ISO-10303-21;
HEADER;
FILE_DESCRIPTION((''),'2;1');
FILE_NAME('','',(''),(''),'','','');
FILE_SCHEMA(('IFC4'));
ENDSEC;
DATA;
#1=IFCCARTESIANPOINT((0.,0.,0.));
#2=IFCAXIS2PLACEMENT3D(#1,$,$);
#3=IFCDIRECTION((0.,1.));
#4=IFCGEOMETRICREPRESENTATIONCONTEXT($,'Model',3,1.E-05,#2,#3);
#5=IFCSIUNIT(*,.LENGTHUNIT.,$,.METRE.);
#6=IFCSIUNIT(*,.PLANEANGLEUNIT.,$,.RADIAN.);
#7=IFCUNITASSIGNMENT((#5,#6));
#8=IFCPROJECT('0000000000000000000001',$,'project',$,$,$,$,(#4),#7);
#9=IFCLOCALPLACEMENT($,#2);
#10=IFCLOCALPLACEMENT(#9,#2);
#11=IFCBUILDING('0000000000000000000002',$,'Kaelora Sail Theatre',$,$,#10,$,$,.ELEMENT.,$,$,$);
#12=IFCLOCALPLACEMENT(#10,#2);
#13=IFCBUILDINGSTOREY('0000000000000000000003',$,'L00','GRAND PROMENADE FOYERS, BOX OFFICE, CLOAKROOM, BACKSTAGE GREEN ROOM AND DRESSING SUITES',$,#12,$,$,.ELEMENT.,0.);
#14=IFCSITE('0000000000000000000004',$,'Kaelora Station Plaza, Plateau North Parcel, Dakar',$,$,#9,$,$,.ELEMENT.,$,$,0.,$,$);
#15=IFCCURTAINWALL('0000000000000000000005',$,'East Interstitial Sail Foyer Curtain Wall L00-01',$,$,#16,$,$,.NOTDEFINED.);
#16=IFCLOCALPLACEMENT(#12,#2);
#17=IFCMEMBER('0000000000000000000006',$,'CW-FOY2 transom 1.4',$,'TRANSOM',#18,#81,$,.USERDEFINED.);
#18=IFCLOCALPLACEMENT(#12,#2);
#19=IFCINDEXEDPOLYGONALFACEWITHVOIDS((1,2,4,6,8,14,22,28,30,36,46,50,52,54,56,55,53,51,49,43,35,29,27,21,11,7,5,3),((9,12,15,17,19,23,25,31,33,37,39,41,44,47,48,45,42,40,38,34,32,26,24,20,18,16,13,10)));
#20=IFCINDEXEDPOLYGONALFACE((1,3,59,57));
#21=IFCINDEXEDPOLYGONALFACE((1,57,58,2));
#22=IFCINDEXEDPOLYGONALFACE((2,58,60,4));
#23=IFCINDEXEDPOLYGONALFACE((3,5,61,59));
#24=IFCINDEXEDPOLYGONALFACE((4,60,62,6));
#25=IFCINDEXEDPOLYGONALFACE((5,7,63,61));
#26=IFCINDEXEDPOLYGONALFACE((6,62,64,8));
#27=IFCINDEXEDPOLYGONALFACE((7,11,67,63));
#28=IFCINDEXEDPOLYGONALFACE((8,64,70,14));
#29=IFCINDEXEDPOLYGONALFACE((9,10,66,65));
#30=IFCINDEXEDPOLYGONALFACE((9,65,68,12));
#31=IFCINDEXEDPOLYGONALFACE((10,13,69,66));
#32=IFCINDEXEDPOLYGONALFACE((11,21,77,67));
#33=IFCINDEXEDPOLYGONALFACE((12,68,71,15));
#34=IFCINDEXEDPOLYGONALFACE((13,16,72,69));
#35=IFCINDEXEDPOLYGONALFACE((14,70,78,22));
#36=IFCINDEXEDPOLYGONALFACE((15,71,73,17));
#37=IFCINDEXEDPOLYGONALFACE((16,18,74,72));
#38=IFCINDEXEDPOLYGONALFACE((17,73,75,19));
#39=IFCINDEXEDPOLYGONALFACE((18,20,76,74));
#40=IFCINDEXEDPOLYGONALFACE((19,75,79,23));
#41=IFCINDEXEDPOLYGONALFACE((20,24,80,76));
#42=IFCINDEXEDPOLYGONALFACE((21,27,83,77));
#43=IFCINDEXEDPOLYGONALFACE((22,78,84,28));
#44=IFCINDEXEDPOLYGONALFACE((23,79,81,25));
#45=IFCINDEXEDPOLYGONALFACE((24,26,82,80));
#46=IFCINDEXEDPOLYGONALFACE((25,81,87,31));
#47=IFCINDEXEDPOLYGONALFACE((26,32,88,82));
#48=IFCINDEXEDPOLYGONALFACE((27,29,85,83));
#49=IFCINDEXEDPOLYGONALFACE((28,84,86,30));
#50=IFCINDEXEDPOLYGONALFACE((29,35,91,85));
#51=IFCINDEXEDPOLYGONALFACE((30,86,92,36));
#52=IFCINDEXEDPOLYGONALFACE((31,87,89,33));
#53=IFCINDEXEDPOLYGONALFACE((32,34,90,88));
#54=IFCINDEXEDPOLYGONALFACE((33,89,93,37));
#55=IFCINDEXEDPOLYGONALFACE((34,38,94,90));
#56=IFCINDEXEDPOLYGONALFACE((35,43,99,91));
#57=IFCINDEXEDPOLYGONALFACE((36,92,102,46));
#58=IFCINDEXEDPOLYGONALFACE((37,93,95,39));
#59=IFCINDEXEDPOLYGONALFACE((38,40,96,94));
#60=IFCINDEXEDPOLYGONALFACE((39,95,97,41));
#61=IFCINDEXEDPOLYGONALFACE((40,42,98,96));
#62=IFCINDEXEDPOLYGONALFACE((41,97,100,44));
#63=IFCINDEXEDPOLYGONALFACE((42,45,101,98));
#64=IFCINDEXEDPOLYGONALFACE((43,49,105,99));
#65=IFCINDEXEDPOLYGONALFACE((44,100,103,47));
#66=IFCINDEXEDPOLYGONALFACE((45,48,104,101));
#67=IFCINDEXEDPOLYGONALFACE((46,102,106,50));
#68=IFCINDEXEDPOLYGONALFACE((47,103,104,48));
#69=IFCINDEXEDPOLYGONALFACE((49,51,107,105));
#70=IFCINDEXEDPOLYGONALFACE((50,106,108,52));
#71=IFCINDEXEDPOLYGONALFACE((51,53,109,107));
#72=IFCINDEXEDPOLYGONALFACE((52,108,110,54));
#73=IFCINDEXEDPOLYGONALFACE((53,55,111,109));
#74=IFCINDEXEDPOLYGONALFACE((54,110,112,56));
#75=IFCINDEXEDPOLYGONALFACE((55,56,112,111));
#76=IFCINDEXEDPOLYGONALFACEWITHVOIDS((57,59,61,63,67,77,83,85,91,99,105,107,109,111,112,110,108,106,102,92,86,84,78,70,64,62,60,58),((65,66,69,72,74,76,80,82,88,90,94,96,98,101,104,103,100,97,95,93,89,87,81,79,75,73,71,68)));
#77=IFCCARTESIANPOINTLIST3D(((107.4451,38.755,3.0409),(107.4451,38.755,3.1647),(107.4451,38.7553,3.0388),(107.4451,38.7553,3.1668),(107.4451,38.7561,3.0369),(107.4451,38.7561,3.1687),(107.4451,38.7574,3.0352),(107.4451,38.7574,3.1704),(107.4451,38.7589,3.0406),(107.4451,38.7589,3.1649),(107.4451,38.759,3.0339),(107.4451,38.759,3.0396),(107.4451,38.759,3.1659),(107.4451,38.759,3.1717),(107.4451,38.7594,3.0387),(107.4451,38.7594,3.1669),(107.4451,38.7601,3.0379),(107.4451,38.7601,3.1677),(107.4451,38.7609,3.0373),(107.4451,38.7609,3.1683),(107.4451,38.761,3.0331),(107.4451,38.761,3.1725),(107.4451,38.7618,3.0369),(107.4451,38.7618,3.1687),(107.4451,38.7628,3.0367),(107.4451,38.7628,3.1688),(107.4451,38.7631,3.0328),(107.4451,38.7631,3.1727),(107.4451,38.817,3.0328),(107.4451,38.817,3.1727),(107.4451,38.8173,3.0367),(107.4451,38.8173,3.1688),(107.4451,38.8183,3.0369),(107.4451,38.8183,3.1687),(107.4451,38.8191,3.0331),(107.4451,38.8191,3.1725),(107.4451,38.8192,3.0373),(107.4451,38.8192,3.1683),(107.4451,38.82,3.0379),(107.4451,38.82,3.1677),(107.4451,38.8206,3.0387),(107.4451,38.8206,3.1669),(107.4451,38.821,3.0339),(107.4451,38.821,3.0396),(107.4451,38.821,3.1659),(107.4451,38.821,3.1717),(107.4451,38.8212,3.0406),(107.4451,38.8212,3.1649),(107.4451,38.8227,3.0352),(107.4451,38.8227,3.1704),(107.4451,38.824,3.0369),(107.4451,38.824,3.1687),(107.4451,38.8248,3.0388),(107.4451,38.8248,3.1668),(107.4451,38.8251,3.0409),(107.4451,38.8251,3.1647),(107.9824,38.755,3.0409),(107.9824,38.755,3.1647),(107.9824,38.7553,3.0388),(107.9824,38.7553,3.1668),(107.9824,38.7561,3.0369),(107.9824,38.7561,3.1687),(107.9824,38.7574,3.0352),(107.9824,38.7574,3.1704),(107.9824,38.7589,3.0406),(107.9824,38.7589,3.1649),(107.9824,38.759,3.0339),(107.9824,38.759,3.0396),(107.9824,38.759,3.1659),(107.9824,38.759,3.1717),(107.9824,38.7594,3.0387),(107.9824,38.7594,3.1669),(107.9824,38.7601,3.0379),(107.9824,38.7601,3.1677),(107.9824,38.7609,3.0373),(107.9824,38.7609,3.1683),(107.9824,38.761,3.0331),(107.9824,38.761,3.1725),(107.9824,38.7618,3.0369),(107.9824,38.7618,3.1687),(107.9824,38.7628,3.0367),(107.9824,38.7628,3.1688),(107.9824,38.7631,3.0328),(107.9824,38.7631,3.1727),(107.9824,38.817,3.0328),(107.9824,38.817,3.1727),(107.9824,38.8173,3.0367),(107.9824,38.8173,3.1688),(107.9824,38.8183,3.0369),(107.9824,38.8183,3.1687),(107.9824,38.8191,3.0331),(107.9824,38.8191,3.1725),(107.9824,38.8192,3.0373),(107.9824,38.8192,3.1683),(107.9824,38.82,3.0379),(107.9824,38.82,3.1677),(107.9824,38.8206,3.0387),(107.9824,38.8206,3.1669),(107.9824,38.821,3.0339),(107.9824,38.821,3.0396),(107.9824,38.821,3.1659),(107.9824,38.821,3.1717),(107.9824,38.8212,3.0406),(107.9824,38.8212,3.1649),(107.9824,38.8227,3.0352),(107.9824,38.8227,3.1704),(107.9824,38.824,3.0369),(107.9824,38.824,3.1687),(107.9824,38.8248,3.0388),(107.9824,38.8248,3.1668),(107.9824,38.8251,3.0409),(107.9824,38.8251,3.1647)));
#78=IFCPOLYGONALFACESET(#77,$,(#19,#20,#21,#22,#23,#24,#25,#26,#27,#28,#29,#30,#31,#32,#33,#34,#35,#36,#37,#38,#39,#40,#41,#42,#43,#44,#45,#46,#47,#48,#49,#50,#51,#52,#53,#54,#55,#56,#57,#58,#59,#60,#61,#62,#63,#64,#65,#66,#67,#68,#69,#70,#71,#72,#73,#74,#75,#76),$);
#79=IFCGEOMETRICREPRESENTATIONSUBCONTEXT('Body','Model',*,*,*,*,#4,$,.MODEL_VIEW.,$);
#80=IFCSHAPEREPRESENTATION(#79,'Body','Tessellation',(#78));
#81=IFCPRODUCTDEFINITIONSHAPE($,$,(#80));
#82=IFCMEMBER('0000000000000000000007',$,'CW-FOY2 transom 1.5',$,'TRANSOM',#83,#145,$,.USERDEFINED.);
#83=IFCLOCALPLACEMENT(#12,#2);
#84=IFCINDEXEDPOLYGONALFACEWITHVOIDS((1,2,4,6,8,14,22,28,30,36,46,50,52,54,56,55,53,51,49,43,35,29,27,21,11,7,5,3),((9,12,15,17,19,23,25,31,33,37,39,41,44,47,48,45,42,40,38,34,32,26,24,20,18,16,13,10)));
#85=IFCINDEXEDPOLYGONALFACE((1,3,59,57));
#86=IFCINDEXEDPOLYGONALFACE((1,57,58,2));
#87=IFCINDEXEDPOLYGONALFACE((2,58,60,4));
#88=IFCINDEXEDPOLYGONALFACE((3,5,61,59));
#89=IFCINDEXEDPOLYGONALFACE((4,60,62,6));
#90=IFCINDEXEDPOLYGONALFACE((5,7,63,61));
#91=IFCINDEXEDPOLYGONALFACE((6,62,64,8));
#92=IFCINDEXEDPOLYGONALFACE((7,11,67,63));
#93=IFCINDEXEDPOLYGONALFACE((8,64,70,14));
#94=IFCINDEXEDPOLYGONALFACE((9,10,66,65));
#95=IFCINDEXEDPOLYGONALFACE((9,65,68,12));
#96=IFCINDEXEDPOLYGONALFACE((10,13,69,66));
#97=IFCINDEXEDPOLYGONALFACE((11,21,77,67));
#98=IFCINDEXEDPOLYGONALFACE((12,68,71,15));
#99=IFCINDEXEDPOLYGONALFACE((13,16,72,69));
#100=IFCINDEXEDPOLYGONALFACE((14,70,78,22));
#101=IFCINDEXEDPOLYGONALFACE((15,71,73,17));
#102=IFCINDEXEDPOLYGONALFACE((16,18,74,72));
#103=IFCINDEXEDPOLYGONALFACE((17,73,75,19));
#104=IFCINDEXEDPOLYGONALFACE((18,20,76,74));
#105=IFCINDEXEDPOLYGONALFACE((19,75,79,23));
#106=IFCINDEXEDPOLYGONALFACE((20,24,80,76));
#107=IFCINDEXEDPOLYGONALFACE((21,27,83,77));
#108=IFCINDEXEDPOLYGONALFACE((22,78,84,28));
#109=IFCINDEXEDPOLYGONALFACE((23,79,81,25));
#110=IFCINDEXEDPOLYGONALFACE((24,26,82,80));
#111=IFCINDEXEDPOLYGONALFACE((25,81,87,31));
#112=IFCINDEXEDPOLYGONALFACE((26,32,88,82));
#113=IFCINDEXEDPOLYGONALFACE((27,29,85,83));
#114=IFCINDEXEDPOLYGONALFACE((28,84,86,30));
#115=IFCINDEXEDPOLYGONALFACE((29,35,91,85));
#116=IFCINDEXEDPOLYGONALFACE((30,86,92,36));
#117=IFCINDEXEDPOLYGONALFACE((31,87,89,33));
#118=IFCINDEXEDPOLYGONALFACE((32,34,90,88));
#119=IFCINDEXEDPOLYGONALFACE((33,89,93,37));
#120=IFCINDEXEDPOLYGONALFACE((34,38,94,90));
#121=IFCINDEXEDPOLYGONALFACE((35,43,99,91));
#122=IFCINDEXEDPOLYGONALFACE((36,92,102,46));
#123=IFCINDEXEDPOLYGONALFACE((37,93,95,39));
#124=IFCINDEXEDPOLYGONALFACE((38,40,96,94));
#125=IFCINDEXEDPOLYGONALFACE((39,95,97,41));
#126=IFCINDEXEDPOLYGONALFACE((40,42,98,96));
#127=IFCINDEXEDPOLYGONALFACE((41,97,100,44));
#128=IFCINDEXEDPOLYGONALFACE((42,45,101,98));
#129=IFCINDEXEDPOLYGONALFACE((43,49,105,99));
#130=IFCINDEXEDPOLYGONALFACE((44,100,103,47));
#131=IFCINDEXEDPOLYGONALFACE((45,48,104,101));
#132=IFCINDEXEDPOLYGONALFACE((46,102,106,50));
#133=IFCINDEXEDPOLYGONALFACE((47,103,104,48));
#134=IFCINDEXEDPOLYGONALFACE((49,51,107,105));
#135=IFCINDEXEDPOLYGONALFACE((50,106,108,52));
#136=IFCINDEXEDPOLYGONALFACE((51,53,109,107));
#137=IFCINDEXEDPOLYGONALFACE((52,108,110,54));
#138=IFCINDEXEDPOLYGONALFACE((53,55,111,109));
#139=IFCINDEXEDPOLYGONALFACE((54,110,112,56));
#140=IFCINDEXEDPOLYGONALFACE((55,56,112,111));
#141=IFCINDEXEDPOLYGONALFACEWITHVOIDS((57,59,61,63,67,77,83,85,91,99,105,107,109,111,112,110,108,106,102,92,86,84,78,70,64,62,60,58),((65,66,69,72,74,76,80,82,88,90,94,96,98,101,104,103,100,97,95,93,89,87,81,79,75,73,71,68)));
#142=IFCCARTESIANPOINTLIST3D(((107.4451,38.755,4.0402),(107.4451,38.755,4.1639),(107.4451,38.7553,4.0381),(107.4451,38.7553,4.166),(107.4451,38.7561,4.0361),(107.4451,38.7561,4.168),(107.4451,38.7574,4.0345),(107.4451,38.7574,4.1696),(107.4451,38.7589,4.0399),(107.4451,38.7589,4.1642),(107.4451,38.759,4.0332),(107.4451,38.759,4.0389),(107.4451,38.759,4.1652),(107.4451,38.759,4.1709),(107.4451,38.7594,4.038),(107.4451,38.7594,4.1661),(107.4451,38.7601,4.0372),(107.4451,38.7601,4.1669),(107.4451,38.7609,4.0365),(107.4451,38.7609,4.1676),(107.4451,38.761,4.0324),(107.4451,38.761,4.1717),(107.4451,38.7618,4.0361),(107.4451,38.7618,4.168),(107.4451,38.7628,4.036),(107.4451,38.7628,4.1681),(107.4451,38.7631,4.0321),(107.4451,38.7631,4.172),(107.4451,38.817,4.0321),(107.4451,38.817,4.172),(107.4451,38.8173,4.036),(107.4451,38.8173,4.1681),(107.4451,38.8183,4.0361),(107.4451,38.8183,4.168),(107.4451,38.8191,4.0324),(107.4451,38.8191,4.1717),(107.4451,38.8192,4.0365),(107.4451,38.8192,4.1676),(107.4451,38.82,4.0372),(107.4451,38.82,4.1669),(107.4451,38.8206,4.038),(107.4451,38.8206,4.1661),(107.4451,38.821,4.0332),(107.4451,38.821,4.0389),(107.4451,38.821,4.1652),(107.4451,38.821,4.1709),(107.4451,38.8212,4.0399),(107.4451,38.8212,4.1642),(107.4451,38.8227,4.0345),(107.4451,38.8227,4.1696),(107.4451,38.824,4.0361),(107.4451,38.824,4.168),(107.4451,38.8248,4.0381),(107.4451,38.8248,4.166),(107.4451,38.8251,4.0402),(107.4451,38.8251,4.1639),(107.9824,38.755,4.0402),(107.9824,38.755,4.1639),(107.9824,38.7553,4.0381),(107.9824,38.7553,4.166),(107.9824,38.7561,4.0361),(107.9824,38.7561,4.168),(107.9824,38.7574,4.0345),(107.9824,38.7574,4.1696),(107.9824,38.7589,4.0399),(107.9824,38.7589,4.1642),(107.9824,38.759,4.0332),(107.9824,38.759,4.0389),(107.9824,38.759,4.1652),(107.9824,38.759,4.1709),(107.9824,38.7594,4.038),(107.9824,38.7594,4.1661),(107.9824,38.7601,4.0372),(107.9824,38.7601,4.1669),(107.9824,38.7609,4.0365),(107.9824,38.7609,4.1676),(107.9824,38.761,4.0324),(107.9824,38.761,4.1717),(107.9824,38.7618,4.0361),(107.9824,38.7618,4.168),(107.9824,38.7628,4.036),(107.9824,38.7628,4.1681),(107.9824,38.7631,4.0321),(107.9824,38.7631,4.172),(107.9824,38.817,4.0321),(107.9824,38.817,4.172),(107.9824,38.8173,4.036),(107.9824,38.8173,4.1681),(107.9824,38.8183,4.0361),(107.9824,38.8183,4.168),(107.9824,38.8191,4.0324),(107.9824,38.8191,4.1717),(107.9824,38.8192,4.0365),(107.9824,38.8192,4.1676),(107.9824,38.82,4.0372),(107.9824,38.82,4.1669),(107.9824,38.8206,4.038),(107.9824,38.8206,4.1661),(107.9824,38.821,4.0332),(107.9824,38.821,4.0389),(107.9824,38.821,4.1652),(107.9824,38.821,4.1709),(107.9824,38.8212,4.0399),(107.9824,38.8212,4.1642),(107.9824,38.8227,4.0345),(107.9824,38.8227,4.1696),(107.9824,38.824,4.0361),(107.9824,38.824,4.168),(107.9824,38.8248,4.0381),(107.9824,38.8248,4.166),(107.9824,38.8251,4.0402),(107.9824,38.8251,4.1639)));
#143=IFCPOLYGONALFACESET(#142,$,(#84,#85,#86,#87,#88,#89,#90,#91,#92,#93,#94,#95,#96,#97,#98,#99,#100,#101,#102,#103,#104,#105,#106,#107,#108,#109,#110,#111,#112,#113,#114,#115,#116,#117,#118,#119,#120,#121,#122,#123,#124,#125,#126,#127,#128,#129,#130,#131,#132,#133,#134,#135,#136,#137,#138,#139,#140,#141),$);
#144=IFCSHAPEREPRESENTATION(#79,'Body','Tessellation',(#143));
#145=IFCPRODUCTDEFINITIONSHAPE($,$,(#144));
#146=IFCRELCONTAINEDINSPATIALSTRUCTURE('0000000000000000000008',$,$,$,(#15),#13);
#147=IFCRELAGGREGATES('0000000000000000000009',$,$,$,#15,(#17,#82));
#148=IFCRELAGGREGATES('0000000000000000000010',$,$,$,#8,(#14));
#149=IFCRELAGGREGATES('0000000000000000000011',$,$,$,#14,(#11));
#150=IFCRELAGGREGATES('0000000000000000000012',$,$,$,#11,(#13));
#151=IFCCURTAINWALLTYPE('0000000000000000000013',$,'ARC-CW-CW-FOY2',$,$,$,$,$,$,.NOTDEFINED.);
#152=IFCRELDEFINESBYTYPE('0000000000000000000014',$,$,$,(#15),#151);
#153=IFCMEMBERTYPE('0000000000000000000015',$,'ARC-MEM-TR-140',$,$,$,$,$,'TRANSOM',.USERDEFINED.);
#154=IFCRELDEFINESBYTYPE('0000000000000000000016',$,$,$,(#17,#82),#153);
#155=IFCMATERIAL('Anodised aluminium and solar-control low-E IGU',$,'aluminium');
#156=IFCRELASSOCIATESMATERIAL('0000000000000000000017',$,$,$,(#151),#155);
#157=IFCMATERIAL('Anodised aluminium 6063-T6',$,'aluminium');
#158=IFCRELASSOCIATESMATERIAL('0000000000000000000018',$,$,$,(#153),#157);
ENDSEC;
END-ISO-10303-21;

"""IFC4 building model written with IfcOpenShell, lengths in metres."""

from ifc_helpers import new_model, si_unit, direction, frame, origin, origin_2d, place, context, subcontext, project, spatial, hollow_rectangle, extrude, material, material_profile, profile_set, type_object, element, aggregate, save


model = new_model("IFC4")

# Units and contexts
model_context = context("Model", 3, precision=1e-05, world=origin(), true_north=direction((0.0, 1.0)))
body_context = subcontext(model_context, "Body", "Model", "MODEL_VIEW")
ifc_project = project(units=[si_unit("LENGTHUNIT", "METRE"), si_unit("PLANEANGLEUNIT", "RADIAN")], contexts=[model_context])

# Site, building, storey
site_placement = place(None, origin())
site = spatial("IfcSite", under=ifc_project, at=site_placement, Name="Kaelora Station Plaza, Plateau North Parcel, Dakar", CompositionType="ELEMENT", RefElevation=0.0)
building_placement = place(site_placement, origin())
building = spatial("IfcBuilding", under=site, at=building_placement, Name="Kaelora Sail Theatre", CompositionType="ELEMENT")
storey_placement = place(building_placement, origin())
storey = spatial("IfcBuildingStorey", under=building, at=storey_placement, Name="L00", Description="GRAND PROMENADE FOYERS, BOX OFFICE, CLOAKROOM, BACKSTAGE GREEN ROOM AND DRESSING SUITES", CompositionType="ELEMENT", Elevation=0.0)

# Curtain wall, members
ifc_material_1 = material(Name="Anodised aluminium and solar-control low-E IGU", Category="aluminium")
curtain_wall_type = type_object("IfcCurtainWallType", Name="ARC-CW-CW-FOY2", PredefinedType="NOTDEFINED", material=ifc_material_1)
curtain_wall_placement = place(storey_placement, origin())
curtain_wall = element("IfcCurtainWall", 1, at=curtain_wall_placement, inside=storey, type_object=curtain_wall_type, Name="East Interstitial Sail Foyer Curtain Wall L00-01", PredefinedType="NOTDEFINED")
ifc_material_2 = material(Name="Anodised aluminium 6063-T6", Category="aluminium")
ifc_material_profile_1 = material_profile(ifc_material_2, hollow_rectangle(XDim=0.0701, YDim=0.1399, WallThickness=0.0039, InnerFilletRadius=0.0039, OuterFilletRadius=0.0081, at=origin_2d()), Name="ALU-TRAN 70x140x4")
ifc_profile_set_1 = profile_set([ifc_material_profile_1], Name="Anodised aluminium 6063-T6")
member_type_1 = type_object("IfcMemberType", Name="ARC-MEM-TR-140", ElementType="TRANSOM", PredefinedType="USERDEFINED", material=ifc_profile_set_1)
member_1_placement = place(storey_placement, frame((107.4451, 38.79, 3.1028), z_axis=(1.0, 0.0, 0.0), x_axis=(0.0, 1.0, 0.0)))
member_1 = element("IfcMember", 2, at=member_1_placement, type_object=member_type_1, Name="CW-FOY2 transom 1.4", ObjectType="TRANSOM", PredefinedType="USERDEFINED", context=body_context, shape_type="SweptSolid", body=[
    extrude(hollow_rectangle(XDim=0.0701, YDim=0.1399, WallThickness=0.0039, InnerFilletRadius=0.0039, OuterFilletRadius=0.0081, at=origin_2d()), origin(), (0.0, 0.0, 1.0), 0.5374),
])
member_2_placement = place(storey_placement, frame((107.4451, 38.79, 4.1021), z_axis=(1.0, 0.0, 0.0), x_axis=(0.0, 1.0, 0.0)))
member_2 = element("IfcMember", 3, at=member_2_placement, type_object=member_type_1, Name="CW-FOY2 transom 1.5", ObjectType="TRANSOM", PredefinedType="USERDEFINED", context=body_context, shape_type="SweptSolid", body=[
    extrude(hollow_rectangle(XDim=0.0701, YDim=0.1399, WallThickness=0.0039, InnerFilletRadius=0.0039, OuterFilletRadius=0.0081, at=origin_2d()), origin(), (0.0, 0.0, 1.0), 0.5374),
])
aggregate(curtain_wall, [member_1, member_2])

save(model, "model.ifc")
